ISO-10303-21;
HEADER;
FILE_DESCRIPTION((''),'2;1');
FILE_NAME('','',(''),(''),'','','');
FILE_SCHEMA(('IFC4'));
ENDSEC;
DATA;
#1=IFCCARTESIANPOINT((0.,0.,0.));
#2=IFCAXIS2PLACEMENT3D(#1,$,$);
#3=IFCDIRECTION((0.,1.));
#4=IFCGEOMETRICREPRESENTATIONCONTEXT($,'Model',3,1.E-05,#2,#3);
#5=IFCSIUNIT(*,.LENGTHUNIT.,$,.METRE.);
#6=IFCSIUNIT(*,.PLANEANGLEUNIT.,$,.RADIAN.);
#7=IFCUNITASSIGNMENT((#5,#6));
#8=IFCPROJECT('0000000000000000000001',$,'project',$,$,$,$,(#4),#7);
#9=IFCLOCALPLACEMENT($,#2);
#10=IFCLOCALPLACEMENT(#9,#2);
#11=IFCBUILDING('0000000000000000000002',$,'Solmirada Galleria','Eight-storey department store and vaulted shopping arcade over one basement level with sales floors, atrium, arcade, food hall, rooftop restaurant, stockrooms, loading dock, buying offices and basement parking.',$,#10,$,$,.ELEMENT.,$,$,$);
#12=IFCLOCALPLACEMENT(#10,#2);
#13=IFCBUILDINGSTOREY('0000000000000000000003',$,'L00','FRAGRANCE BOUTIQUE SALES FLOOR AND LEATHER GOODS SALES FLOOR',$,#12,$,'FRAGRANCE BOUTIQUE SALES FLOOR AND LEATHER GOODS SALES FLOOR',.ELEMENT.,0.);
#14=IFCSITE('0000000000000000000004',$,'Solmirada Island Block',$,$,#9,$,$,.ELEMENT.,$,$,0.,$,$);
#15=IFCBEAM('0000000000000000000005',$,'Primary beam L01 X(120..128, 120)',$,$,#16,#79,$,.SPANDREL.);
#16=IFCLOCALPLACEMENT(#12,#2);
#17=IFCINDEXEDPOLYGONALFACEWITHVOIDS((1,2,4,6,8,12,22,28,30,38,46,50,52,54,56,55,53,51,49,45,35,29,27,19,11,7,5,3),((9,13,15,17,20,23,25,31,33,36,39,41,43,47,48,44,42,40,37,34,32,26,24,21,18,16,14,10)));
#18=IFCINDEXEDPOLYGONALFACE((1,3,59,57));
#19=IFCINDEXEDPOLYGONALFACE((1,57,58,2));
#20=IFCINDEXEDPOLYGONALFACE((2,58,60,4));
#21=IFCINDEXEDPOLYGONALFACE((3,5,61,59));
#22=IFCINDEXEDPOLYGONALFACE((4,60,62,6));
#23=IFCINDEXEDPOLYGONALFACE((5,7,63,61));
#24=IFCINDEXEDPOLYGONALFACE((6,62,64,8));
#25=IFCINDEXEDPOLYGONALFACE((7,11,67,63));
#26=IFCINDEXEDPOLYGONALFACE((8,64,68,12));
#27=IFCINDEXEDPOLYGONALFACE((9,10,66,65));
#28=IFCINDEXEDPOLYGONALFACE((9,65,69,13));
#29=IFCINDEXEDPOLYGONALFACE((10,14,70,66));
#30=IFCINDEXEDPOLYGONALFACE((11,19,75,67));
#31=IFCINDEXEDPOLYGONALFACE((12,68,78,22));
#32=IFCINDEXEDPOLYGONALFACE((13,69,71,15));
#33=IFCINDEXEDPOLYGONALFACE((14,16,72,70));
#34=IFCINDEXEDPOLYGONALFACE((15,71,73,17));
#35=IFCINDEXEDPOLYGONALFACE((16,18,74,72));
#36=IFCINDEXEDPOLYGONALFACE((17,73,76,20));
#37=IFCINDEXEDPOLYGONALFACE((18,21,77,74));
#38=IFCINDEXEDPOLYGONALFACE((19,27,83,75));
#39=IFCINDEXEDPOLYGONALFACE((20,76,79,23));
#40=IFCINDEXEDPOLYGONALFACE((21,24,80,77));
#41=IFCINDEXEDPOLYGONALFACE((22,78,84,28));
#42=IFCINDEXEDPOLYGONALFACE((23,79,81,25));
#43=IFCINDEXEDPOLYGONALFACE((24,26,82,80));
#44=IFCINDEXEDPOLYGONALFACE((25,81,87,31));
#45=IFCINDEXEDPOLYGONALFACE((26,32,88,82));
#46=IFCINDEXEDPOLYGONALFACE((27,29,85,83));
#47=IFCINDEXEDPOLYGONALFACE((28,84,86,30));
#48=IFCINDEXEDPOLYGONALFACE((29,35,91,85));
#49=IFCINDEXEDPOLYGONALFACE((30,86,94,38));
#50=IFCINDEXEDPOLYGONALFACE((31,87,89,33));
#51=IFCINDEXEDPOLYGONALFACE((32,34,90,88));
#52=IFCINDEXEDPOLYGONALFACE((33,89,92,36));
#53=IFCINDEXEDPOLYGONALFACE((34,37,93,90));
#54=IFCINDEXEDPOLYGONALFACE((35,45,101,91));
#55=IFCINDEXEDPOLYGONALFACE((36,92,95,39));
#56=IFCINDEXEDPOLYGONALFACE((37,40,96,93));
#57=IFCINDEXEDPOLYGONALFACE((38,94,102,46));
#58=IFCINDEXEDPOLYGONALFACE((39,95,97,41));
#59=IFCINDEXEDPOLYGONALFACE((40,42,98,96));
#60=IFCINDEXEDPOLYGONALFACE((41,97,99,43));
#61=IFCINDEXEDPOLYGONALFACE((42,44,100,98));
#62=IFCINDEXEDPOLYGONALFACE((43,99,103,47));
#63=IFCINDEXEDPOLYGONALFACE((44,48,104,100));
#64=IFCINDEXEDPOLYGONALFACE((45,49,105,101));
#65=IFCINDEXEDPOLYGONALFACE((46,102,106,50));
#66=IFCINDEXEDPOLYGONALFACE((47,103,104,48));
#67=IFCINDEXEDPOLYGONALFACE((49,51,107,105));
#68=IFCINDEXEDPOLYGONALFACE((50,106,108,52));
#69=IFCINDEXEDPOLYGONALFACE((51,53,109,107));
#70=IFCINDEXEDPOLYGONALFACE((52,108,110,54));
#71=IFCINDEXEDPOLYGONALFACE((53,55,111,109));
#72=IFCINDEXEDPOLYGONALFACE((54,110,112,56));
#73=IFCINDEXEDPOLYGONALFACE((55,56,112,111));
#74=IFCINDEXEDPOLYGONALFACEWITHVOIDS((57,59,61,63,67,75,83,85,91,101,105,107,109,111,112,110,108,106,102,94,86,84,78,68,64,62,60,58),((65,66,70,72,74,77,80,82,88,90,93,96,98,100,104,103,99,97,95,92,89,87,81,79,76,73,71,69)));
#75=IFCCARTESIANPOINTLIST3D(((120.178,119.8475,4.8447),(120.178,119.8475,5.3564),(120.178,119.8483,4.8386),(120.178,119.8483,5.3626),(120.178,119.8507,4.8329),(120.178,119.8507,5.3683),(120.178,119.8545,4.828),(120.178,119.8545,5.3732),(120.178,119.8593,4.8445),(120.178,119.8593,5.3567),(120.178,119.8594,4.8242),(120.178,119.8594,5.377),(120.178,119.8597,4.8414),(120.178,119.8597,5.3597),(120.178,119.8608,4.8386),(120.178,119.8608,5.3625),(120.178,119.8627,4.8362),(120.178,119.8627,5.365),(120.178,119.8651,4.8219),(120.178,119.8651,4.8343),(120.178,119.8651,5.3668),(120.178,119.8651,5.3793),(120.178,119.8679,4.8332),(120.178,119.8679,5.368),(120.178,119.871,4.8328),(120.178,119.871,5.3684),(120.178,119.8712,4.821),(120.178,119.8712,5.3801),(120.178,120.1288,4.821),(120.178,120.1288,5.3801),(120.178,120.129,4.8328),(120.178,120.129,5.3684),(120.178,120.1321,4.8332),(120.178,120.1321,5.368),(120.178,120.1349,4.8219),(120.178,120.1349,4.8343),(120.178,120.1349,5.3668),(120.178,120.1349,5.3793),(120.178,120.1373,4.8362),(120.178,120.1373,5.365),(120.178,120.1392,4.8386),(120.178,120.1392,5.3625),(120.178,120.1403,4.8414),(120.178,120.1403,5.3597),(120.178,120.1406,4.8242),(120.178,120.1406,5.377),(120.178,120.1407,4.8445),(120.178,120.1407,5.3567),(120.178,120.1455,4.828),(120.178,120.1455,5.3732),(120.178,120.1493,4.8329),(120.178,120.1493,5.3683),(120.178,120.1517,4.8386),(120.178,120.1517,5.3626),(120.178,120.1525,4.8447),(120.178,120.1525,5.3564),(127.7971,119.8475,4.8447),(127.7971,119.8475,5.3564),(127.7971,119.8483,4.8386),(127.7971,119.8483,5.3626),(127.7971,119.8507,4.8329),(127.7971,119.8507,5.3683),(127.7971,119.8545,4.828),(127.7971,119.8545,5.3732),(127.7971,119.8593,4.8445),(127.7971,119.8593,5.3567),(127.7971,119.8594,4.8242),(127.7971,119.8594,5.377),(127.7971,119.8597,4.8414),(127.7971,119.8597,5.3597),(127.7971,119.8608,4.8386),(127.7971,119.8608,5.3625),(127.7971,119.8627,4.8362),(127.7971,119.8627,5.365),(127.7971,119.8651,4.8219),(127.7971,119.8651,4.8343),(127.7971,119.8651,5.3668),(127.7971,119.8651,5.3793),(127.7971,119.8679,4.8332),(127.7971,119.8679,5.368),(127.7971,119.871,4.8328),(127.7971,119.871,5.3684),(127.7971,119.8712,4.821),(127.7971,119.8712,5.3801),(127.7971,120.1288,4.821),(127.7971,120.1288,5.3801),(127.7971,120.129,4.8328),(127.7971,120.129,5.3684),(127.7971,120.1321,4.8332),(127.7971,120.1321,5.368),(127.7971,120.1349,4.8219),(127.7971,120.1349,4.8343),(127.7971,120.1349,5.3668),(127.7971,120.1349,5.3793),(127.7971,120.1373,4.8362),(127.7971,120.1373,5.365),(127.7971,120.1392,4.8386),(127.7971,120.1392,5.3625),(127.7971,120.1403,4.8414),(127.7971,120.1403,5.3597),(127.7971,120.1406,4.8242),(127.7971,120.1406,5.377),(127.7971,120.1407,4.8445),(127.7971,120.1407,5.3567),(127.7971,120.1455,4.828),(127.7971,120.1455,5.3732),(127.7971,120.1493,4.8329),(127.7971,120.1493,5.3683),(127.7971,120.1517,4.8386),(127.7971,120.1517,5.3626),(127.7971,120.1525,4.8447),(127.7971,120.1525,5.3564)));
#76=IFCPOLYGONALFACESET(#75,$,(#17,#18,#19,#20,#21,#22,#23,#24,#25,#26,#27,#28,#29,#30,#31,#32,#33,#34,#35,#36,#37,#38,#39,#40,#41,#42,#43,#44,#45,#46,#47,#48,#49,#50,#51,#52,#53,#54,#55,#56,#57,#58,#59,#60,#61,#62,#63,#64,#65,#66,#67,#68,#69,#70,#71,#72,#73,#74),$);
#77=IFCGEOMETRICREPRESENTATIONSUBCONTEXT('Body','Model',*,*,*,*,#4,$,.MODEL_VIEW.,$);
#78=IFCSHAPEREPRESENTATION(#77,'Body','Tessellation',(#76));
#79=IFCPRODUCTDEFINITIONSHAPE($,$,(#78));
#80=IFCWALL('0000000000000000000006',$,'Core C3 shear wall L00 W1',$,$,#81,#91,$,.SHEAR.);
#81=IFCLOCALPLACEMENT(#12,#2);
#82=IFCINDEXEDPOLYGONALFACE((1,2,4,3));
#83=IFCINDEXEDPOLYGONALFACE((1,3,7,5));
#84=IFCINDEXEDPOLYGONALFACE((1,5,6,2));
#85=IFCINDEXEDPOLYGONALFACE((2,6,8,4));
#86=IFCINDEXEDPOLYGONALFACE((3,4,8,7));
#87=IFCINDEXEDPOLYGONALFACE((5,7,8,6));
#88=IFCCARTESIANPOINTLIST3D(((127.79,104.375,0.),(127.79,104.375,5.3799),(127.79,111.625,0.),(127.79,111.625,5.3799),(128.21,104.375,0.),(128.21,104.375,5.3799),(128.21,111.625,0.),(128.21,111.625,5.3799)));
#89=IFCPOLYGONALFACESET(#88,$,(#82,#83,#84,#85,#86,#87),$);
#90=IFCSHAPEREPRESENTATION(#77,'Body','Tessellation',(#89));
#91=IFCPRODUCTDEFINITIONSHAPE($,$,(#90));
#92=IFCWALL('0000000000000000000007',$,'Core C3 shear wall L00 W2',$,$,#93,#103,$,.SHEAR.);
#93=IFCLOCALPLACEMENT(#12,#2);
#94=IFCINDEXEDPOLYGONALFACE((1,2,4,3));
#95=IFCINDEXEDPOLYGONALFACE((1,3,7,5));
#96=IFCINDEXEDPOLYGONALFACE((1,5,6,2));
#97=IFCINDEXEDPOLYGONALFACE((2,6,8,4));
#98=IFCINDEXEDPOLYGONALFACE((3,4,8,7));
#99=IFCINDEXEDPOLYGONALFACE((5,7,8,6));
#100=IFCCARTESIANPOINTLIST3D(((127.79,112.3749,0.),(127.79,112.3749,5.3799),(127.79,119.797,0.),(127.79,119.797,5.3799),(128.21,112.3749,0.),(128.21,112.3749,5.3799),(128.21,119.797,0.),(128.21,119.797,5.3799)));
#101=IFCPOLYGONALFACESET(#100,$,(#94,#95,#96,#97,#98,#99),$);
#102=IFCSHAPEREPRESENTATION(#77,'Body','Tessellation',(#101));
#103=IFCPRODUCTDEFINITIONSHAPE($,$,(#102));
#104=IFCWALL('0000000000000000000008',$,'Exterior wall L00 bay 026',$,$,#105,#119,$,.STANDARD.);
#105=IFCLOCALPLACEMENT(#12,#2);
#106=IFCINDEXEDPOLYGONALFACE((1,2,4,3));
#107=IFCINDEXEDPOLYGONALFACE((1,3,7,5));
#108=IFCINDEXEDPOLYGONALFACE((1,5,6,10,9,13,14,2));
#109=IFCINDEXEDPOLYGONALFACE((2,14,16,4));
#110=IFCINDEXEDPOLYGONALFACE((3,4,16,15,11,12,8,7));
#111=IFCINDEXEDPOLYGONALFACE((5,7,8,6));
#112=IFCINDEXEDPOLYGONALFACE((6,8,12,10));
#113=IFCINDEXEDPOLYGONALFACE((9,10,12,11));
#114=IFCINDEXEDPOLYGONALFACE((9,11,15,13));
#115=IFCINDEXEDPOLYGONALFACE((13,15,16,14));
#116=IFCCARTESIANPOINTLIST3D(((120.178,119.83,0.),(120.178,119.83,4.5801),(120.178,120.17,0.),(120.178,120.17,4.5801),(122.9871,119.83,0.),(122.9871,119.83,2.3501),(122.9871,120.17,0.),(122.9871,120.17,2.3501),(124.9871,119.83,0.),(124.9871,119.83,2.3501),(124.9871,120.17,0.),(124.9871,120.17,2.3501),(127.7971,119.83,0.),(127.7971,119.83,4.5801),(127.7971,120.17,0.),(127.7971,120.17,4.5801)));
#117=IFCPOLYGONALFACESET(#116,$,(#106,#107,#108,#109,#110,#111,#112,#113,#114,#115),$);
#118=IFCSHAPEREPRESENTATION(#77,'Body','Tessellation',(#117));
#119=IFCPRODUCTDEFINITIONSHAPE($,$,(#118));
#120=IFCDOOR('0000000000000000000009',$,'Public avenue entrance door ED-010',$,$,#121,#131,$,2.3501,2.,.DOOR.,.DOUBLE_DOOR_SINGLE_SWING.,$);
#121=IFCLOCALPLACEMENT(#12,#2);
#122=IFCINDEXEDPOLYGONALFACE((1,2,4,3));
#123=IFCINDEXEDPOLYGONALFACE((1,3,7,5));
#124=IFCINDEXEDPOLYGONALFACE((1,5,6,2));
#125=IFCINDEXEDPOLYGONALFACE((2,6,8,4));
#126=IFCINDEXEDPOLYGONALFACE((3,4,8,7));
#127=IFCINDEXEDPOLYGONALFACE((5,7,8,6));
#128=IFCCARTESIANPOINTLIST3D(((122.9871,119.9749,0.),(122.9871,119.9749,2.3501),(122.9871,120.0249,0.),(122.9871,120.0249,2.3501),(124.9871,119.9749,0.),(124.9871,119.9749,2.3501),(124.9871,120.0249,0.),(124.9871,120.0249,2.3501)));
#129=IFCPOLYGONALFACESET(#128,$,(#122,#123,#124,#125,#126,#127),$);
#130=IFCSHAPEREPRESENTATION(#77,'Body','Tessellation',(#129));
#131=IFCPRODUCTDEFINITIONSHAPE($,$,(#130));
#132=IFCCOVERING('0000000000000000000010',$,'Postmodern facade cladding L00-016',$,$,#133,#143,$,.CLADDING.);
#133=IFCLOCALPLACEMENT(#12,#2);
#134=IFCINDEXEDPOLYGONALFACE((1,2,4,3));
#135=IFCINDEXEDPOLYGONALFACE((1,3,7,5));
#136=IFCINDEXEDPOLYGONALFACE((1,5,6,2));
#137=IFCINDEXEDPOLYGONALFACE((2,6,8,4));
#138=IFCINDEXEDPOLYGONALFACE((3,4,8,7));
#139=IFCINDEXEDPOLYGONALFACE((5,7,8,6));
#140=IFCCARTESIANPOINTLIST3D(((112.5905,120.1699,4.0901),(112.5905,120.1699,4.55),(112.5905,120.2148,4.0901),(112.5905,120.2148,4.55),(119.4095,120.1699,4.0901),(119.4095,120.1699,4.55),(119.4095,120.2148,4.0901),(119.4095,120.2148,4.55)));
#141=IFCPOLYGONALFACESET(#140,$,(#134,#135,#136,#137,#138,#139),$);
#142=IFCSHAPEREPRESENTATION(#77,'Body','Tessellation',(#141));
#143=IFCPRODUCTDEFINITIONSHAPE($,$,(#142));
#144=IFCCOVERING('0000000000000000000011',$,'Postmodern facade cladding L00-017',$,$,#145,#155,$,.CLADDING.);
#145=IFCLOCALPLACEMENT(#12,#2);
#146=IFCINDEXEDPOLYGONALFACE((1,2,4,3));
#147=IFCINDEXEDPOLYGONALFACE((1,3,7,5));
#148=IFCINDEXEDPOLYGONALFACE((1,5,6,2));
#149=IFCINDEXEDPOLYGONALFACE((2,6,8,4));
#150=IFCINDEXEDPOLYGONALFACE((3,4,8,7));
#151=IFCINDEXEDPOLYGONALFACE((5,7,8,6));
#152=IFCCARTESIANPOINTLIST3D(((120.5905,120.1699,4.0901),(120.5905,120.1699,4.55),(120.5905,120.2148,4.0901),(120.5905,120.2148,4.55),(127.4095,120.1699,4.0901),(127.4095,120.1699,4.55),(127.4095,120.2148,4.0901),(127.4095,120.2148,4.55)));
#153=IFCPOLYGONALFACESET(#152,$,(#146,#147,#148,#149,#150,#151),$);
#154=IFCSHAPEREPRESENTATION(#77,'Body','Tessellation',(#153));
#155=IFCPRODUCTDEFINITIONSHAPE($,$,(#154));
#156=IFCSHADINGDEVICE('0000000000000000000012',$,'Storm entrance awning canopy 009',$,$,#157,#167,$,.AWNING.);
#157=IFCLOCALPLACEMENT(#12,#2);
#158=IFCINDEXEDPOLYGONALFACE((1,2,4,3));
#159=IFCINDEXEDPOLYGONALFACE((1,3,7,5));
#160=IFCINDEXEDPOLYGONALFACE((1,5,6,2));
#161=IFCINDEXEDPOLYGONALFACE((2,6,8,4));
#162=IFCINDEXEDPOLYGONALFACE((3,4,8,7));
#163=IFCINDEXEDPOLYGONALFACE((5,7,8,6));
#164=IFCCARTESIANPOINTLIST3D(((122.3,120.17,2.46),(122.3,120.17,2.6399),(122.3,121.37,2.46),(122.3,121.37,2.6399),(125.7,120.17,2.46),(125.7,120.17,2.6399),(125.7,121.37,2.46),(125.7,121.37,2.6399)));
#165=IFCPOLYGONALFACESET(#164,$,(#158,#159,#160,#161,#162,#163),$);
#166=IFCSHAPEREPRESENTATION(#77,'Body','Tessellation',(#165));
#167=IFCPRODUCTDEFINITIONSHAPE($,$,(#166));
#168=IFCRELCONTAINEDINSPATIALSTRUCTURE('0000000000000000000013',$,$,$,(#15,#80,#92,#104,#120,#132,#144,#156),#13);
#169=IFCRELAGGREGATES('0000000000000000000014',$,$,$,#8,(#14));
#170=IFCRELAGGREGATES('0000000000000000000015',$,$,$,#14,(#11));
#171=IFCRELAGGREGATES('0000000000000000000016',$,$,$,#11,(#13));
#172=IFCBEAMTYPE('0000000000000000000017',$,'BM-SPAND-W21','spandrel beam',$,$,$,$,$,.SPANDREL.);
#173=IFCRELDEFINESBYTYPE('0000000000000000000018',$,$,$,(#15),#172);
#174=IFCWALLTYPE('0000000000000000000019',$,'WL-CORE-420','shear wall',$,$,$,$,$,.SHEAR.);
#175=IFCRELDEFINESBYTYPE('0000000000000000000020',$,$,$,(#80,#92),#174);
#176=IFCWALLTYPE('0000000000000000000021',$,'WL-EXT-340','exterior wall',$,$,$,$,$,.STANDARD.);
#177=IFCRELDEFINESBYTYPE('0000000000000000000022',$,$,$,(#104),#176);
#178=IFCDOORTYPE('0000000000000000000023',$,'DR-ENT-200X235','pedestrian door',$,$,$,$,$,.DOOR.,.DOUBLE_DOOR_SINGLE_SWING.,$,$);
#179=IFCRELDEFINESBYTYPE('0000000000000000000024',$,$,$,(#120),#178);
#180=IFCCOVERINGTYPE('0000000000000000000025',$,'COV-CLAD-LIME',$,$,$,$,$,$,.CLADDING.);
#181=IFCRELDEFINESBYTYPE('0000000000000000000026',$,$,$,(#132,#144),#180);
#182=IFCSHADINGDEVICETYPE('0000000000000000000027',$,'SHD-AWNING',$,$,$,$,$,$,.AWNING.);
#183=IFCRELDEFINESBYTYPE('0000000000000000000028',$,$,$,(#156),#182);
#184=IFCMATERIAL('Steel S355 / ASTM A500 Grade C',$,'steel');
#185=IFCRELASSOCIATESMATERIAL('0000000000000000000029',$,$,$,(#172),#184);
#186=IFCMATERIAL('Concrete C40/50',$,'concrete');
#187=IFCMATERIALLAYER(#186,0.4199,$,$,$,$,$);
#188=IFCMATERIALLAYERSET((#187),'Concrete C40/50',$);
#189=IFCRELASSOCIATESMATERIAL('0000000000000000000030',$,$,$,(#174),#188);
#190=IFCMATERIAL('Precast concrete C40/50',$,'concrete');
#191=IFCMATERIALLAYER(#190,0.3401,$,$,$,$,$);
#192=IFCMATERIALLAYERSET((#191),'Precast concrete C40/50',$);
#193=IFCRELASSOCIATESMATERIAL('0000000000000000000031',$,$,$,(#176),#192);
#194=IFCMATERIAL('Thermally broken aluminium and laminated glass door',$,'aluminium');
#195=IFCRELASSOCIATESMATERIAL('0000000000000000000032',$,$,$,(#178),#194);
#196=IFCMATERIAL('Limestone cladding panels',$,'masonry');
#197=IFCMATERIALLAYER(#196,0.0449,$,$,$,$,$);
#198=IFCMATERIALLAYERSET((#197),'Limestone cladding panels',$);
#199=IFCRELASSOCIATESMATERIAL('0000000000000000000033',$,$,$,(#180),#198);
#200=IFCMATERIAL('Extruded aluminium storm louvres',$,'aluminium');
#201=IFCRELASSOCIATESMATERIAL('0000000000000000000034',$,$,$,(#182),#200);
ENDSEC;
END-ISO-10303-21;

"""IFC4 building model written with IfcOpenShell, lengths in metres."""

from ifc_helpers import new_model, si_unit, direction, frame, frame_2d, origin, origin_2d, place, context, subcontext, project, spatial, rectangle, hollow_rectangle, extrude, material, layer, layer_set, material_profile, profile_set, type_object, element, fill, save


model = new_model("IFC4")

# Units and contexts
model_context = context("Model", 3, precision=1e-05, world=origin(), true_north=direction((0.0, 1.0)))
body_context = subcontext(model_context, "Body", "Model", "MODEL_VIEW")
ifc_project = project(units=[si_unit("LENGTHUNIT", "METRE"), si_unit("PLANEANGLEUNIT", "RADIAN")], contexts=[model_context])

# Site, building, storey
site_placement = place(None, origin())
site = spatial("IfcSite", under=ifc_project, at=site_placement, Name="Solmirada Island Block", CompositionType="ELEMENT", RefElevation=0.0)
building_placement = place(site_placement, origin())
building = spatial("IfcBuilding", under=site, at=building_placement, Name="Solmirada Galleria", Description="Eight-storey department store and vaulted shopping arcade over one basement level with sales floors, atrium, arcade, food hall, rooftop restaurant, stockrooms, loading dock, buying offices and basement parking.", CompositionType="ELEMENT")
storey_placement = place(building_placement, origin())
storey = spatial("IfcBuildingStorey", under=building, at=storey_placement, Name="L00", Description="FRAGRANCE BOUTIQUE SALES FLOOR AND LEATHER GOODS SALES FLOOR", LongName="FRAGRANCE BOUTIQUE SALES FLOOR AND LEATHER GOODS SALES FLOOR", CompositionType="ELEMENT", Elevation=0.0)

# Shared definitions
ifc_material_1 = material(Name="Steel S355 / ASTM A500 Grade C", Category="steel")
ifc_material_2 = material(Name="Concrete C40/50", Category="concrete")
ifc_material_3 = material(Name="Precast concrete C40/50", Category="concrete")

# Beam
ifc_material_profile_1 = material_profile(ifc_material_1, hollow_rectangle(XDim=0.3049, YDim=0.5591, WallThickness=0.0117, InnerFilletRadius=0.0117, OuterFilletRadius=0.0237, at=origin_2d()), Name="HSS22X12X1/2")
ifc_profile_set_1 = profile_set([ifc_material_profile_1], Name="Steel S355 / ASTM A500 Grade C")
beam_type_1 = type_object("IfcBeamType", Name="BM-SPAND-W21", Description="spandrel beam", PredefinedType="SPANDREL", material=ifc_profile_set_1)
beam_1_placement = place(storey_placement, frame((120.178, 120.0, 5.1006), z_axis=(1.0, 0.0, 0.0), x_axis=(0.0, 1.0, 0.0)))
element("IfcBeam", 1, at=beam_1_placement, inside=storey, type_object=beam_type_1, Name="Primary beam L01 X(120..128, 120)", PredefinedType="SPANDREL", context=body_context, shape_type="SweptSolid", body=[
    extrude(hollow_rectangle(XDim=0.3049, YDim=0.5591, WallThickness=0.0117, InnerFilletRadius=0.0117, OuterFilletRadius=0.0237, at=origin_2d()), origin(), (0.0, 0.0, 1.0), 7.6191),
])

# Walls
ifc_layer_1 = layer(ifc_material_2, 0.4199)
ifc_layer_set_1 = layer_set([ifc_layer_1], Name="Concrete C40/50")
wall_type_1 = type_object("IfcWallType", Name="WL-CORE-420", Description="shear wall", PredefinedType="SHEAR", material=ifc_layer_set_1)
wall_1_placement = place(storey_placement, frame((128.0, 104.375, 0.0), z_axis=(0.0, 0.0, 1.0), x_axis=(0.0, 1.0, 0.0)))
element("IfcWall", 2, at=wall_1_placement, inside=storey, type_object=wall_type_1, Name="Core C3 shear wall L00 W1", PredefinedType="SHEAR", context=body_context, shape_type="SweptSolid", body=[
    extrude(rectangle(XDim=7.25, YDim=0.4199, at=frame_2d((3.625, 0.0))), origin(), (0.0, 0.0, 1.0), 5.3799),
])
wall_2_placement = place(storey_placement, frame((128.0, 112.375, 0.0), z_axis=(0.0, 0.0, 1.0), x_axis=(0.0, 1.0, 0.0)))
element("IfcWall", 3, at=wall_2_placement, inside=storey, type_object=wall_type_1, Name="Core C3 shear wall L00 W2", PredefinedType="SHEAR", context=body_context, shape_type="SweptSolid", body=[
    extrude(rectangle(XDim=7.4221, YDim=0.4199, at=frame_2d((3.7109, 0.0))), origin(), (0.0, 0.0, 1.0), 5.3799),
])

# Wall, opening, door
ifc_layer_2 = layer(ifc_material_3, 0.3401)
ifc_layer_set_2 = layer_set([ifc_layer_2], Name="Precast concrete C40/50")
wall_type_2 = type_object("IfcWallType", Name="WL-EXT-340", Description="exterior wall", PredefinedType="STANDARD", material=ifc_layer_set_2)
wall_3_placement = place(storey_placement, frame((120.178, 120.0, 0.0), z_axis=(0.0, 0.0, 1.0), x_axis=(1.0, 0.0, 0.0)))
wall_3 = element("IfcWall", 4, at=wall_3_placement, inside=storey, type_object=wall_type_2, Name="Exterior wall L00 bay 026", PredefinedType="STANDARD", context=body_context, shape_type="SweptSolid", body=[
    extrude(rectangle(XDim=7.6191, YDim=0.3401, at=frame_2d((3.8096, 0.0))), origin(), (0.0, 0.0, 1.0), 4.5801),
])
opening_placement = place(wall_3_placement, frame((2.8091, 0.0, 0.0)))
opening = element("IfcOpeningElement", 5, at=opening_placement, cuts=wall_3, PredefinedType="OPENING", context=body_context, shape_type="SweptSolid", body=[
    extrude(rectangle(XDim=2.0, YDim=2.3501, at=frame_2d((1.0, 1.175))), frame((0.0, 0.1799, 0.0), z_axis=(0.0, -1.0, 0.0), x_axis=(1.0, 0.0, 0.0)), (0.0, 0.0, 1.0), 0.3601),
])
ifc_material_4 = material(Name="Thermally broken aluminium and laminated glass door", Category="aluminium")
door_type = type_object("IfcDoorType", Name="DR-ENT-200X235", Description="pedestrian door", OperationType="DOUBLE_DOOR_SINGLE_SWING", PredefinedType="DOOR", material=ifc_material_4)
door_placement = place(opening_placement, origin())
door = element("IfcDoor", 6, at=door_placement, inside=storey, type_object=door_type, Name="Public avenue entrance door ED-010", OperationType="DOUBLE_DOOR_SINGLE_SWING", OverallHeight=2.3501, OverallWidth=2.0, PredefinedType="DOOR", context=body_context, shape_type="SweptSolid", body=[
    extrude(rectangle(XDim=2.0, YDim=2.3501, at=frame_2d((1.0, 1.175))), frame((0.0, 0.0249, 0.0), z_axis=(0.0, -1.0, 0.0), x_axis=(1.0, 0.0, 0.0)), (0.0, 0.0, 1.0), 0.05),
])
fill(opening, door)

# Coverings
ifc_material_5 = material(Name="Limestone cladding panels", Category="masonry")
ifc_layer_3 = layer(ifc_material_5, 0.0449)
ifc_layer_set_3 = layer_set([ifc_layer_3], Name="Limestone cladding panels")
covering_type = type_object("IfcCoveringType", Name="COV-CLAD-LIME", PredefinedType="CLADDING", material=ifc_layer_set_3)
for number, where, z_axis, x_axis, name in (
    (7, (116.0, 120.1924, 4.0901), (0.0, 0.0, 1.0), (1.0, 0.0, 0.0), "Postmodern facade cladding L00-016"),
    (8, (124.0, 120.1924, 4.0901), (0.0, 0.0, 1.0), (1.0, 0.0, 0.0), "Postmodern facade cladding L00-017"),
):
    element("IfcCovering", number, at=place(storey_placement, frame(where, z_axis=z_axis, x_axis=x_axis)), inside=storey, type_object=covering_type, Name=name, PredefinedType="CLADDING", context=body_context, shape_type="SweptSolid", body=[
        extrude(rectangle(XDim=6.8191, YDim=0.0449, at=origin_2d()), origin(), (0.0, 0.0, 1.0), 0.46),
    ])

# Shading device
ifc_material_6 = material(Name="Extruded aluminium storm louvres", Category="aluminium")
shading_device_type = type_object("IfcShadingDeviceType", Name="SHD-AWNING", PredefinedType="AWNING", material=ifc_material_6)
shading_device_placement = place(storey_placement, frame((124.0, 120.77, 2.46), z_axis=(0.0, 0.0, 1.0), x_axis=(1.0, 0.0, 0.0)))
element("IfcShadingDevice", 9, at=shading_device_placement, inside=storey, type_object=shading_device_type, Name="Storm entrance awning canopy 009", PredefinedType="AWNING", context=body_context, shape_type="SweptSolid", body=[
    extrude(rectangle(XDim=3.3999, YDim=1.2, at=origin_2d()), origin(), (0.0, 0.0, 1.0), 0.1799),
])

save(model, "model.ifc")
